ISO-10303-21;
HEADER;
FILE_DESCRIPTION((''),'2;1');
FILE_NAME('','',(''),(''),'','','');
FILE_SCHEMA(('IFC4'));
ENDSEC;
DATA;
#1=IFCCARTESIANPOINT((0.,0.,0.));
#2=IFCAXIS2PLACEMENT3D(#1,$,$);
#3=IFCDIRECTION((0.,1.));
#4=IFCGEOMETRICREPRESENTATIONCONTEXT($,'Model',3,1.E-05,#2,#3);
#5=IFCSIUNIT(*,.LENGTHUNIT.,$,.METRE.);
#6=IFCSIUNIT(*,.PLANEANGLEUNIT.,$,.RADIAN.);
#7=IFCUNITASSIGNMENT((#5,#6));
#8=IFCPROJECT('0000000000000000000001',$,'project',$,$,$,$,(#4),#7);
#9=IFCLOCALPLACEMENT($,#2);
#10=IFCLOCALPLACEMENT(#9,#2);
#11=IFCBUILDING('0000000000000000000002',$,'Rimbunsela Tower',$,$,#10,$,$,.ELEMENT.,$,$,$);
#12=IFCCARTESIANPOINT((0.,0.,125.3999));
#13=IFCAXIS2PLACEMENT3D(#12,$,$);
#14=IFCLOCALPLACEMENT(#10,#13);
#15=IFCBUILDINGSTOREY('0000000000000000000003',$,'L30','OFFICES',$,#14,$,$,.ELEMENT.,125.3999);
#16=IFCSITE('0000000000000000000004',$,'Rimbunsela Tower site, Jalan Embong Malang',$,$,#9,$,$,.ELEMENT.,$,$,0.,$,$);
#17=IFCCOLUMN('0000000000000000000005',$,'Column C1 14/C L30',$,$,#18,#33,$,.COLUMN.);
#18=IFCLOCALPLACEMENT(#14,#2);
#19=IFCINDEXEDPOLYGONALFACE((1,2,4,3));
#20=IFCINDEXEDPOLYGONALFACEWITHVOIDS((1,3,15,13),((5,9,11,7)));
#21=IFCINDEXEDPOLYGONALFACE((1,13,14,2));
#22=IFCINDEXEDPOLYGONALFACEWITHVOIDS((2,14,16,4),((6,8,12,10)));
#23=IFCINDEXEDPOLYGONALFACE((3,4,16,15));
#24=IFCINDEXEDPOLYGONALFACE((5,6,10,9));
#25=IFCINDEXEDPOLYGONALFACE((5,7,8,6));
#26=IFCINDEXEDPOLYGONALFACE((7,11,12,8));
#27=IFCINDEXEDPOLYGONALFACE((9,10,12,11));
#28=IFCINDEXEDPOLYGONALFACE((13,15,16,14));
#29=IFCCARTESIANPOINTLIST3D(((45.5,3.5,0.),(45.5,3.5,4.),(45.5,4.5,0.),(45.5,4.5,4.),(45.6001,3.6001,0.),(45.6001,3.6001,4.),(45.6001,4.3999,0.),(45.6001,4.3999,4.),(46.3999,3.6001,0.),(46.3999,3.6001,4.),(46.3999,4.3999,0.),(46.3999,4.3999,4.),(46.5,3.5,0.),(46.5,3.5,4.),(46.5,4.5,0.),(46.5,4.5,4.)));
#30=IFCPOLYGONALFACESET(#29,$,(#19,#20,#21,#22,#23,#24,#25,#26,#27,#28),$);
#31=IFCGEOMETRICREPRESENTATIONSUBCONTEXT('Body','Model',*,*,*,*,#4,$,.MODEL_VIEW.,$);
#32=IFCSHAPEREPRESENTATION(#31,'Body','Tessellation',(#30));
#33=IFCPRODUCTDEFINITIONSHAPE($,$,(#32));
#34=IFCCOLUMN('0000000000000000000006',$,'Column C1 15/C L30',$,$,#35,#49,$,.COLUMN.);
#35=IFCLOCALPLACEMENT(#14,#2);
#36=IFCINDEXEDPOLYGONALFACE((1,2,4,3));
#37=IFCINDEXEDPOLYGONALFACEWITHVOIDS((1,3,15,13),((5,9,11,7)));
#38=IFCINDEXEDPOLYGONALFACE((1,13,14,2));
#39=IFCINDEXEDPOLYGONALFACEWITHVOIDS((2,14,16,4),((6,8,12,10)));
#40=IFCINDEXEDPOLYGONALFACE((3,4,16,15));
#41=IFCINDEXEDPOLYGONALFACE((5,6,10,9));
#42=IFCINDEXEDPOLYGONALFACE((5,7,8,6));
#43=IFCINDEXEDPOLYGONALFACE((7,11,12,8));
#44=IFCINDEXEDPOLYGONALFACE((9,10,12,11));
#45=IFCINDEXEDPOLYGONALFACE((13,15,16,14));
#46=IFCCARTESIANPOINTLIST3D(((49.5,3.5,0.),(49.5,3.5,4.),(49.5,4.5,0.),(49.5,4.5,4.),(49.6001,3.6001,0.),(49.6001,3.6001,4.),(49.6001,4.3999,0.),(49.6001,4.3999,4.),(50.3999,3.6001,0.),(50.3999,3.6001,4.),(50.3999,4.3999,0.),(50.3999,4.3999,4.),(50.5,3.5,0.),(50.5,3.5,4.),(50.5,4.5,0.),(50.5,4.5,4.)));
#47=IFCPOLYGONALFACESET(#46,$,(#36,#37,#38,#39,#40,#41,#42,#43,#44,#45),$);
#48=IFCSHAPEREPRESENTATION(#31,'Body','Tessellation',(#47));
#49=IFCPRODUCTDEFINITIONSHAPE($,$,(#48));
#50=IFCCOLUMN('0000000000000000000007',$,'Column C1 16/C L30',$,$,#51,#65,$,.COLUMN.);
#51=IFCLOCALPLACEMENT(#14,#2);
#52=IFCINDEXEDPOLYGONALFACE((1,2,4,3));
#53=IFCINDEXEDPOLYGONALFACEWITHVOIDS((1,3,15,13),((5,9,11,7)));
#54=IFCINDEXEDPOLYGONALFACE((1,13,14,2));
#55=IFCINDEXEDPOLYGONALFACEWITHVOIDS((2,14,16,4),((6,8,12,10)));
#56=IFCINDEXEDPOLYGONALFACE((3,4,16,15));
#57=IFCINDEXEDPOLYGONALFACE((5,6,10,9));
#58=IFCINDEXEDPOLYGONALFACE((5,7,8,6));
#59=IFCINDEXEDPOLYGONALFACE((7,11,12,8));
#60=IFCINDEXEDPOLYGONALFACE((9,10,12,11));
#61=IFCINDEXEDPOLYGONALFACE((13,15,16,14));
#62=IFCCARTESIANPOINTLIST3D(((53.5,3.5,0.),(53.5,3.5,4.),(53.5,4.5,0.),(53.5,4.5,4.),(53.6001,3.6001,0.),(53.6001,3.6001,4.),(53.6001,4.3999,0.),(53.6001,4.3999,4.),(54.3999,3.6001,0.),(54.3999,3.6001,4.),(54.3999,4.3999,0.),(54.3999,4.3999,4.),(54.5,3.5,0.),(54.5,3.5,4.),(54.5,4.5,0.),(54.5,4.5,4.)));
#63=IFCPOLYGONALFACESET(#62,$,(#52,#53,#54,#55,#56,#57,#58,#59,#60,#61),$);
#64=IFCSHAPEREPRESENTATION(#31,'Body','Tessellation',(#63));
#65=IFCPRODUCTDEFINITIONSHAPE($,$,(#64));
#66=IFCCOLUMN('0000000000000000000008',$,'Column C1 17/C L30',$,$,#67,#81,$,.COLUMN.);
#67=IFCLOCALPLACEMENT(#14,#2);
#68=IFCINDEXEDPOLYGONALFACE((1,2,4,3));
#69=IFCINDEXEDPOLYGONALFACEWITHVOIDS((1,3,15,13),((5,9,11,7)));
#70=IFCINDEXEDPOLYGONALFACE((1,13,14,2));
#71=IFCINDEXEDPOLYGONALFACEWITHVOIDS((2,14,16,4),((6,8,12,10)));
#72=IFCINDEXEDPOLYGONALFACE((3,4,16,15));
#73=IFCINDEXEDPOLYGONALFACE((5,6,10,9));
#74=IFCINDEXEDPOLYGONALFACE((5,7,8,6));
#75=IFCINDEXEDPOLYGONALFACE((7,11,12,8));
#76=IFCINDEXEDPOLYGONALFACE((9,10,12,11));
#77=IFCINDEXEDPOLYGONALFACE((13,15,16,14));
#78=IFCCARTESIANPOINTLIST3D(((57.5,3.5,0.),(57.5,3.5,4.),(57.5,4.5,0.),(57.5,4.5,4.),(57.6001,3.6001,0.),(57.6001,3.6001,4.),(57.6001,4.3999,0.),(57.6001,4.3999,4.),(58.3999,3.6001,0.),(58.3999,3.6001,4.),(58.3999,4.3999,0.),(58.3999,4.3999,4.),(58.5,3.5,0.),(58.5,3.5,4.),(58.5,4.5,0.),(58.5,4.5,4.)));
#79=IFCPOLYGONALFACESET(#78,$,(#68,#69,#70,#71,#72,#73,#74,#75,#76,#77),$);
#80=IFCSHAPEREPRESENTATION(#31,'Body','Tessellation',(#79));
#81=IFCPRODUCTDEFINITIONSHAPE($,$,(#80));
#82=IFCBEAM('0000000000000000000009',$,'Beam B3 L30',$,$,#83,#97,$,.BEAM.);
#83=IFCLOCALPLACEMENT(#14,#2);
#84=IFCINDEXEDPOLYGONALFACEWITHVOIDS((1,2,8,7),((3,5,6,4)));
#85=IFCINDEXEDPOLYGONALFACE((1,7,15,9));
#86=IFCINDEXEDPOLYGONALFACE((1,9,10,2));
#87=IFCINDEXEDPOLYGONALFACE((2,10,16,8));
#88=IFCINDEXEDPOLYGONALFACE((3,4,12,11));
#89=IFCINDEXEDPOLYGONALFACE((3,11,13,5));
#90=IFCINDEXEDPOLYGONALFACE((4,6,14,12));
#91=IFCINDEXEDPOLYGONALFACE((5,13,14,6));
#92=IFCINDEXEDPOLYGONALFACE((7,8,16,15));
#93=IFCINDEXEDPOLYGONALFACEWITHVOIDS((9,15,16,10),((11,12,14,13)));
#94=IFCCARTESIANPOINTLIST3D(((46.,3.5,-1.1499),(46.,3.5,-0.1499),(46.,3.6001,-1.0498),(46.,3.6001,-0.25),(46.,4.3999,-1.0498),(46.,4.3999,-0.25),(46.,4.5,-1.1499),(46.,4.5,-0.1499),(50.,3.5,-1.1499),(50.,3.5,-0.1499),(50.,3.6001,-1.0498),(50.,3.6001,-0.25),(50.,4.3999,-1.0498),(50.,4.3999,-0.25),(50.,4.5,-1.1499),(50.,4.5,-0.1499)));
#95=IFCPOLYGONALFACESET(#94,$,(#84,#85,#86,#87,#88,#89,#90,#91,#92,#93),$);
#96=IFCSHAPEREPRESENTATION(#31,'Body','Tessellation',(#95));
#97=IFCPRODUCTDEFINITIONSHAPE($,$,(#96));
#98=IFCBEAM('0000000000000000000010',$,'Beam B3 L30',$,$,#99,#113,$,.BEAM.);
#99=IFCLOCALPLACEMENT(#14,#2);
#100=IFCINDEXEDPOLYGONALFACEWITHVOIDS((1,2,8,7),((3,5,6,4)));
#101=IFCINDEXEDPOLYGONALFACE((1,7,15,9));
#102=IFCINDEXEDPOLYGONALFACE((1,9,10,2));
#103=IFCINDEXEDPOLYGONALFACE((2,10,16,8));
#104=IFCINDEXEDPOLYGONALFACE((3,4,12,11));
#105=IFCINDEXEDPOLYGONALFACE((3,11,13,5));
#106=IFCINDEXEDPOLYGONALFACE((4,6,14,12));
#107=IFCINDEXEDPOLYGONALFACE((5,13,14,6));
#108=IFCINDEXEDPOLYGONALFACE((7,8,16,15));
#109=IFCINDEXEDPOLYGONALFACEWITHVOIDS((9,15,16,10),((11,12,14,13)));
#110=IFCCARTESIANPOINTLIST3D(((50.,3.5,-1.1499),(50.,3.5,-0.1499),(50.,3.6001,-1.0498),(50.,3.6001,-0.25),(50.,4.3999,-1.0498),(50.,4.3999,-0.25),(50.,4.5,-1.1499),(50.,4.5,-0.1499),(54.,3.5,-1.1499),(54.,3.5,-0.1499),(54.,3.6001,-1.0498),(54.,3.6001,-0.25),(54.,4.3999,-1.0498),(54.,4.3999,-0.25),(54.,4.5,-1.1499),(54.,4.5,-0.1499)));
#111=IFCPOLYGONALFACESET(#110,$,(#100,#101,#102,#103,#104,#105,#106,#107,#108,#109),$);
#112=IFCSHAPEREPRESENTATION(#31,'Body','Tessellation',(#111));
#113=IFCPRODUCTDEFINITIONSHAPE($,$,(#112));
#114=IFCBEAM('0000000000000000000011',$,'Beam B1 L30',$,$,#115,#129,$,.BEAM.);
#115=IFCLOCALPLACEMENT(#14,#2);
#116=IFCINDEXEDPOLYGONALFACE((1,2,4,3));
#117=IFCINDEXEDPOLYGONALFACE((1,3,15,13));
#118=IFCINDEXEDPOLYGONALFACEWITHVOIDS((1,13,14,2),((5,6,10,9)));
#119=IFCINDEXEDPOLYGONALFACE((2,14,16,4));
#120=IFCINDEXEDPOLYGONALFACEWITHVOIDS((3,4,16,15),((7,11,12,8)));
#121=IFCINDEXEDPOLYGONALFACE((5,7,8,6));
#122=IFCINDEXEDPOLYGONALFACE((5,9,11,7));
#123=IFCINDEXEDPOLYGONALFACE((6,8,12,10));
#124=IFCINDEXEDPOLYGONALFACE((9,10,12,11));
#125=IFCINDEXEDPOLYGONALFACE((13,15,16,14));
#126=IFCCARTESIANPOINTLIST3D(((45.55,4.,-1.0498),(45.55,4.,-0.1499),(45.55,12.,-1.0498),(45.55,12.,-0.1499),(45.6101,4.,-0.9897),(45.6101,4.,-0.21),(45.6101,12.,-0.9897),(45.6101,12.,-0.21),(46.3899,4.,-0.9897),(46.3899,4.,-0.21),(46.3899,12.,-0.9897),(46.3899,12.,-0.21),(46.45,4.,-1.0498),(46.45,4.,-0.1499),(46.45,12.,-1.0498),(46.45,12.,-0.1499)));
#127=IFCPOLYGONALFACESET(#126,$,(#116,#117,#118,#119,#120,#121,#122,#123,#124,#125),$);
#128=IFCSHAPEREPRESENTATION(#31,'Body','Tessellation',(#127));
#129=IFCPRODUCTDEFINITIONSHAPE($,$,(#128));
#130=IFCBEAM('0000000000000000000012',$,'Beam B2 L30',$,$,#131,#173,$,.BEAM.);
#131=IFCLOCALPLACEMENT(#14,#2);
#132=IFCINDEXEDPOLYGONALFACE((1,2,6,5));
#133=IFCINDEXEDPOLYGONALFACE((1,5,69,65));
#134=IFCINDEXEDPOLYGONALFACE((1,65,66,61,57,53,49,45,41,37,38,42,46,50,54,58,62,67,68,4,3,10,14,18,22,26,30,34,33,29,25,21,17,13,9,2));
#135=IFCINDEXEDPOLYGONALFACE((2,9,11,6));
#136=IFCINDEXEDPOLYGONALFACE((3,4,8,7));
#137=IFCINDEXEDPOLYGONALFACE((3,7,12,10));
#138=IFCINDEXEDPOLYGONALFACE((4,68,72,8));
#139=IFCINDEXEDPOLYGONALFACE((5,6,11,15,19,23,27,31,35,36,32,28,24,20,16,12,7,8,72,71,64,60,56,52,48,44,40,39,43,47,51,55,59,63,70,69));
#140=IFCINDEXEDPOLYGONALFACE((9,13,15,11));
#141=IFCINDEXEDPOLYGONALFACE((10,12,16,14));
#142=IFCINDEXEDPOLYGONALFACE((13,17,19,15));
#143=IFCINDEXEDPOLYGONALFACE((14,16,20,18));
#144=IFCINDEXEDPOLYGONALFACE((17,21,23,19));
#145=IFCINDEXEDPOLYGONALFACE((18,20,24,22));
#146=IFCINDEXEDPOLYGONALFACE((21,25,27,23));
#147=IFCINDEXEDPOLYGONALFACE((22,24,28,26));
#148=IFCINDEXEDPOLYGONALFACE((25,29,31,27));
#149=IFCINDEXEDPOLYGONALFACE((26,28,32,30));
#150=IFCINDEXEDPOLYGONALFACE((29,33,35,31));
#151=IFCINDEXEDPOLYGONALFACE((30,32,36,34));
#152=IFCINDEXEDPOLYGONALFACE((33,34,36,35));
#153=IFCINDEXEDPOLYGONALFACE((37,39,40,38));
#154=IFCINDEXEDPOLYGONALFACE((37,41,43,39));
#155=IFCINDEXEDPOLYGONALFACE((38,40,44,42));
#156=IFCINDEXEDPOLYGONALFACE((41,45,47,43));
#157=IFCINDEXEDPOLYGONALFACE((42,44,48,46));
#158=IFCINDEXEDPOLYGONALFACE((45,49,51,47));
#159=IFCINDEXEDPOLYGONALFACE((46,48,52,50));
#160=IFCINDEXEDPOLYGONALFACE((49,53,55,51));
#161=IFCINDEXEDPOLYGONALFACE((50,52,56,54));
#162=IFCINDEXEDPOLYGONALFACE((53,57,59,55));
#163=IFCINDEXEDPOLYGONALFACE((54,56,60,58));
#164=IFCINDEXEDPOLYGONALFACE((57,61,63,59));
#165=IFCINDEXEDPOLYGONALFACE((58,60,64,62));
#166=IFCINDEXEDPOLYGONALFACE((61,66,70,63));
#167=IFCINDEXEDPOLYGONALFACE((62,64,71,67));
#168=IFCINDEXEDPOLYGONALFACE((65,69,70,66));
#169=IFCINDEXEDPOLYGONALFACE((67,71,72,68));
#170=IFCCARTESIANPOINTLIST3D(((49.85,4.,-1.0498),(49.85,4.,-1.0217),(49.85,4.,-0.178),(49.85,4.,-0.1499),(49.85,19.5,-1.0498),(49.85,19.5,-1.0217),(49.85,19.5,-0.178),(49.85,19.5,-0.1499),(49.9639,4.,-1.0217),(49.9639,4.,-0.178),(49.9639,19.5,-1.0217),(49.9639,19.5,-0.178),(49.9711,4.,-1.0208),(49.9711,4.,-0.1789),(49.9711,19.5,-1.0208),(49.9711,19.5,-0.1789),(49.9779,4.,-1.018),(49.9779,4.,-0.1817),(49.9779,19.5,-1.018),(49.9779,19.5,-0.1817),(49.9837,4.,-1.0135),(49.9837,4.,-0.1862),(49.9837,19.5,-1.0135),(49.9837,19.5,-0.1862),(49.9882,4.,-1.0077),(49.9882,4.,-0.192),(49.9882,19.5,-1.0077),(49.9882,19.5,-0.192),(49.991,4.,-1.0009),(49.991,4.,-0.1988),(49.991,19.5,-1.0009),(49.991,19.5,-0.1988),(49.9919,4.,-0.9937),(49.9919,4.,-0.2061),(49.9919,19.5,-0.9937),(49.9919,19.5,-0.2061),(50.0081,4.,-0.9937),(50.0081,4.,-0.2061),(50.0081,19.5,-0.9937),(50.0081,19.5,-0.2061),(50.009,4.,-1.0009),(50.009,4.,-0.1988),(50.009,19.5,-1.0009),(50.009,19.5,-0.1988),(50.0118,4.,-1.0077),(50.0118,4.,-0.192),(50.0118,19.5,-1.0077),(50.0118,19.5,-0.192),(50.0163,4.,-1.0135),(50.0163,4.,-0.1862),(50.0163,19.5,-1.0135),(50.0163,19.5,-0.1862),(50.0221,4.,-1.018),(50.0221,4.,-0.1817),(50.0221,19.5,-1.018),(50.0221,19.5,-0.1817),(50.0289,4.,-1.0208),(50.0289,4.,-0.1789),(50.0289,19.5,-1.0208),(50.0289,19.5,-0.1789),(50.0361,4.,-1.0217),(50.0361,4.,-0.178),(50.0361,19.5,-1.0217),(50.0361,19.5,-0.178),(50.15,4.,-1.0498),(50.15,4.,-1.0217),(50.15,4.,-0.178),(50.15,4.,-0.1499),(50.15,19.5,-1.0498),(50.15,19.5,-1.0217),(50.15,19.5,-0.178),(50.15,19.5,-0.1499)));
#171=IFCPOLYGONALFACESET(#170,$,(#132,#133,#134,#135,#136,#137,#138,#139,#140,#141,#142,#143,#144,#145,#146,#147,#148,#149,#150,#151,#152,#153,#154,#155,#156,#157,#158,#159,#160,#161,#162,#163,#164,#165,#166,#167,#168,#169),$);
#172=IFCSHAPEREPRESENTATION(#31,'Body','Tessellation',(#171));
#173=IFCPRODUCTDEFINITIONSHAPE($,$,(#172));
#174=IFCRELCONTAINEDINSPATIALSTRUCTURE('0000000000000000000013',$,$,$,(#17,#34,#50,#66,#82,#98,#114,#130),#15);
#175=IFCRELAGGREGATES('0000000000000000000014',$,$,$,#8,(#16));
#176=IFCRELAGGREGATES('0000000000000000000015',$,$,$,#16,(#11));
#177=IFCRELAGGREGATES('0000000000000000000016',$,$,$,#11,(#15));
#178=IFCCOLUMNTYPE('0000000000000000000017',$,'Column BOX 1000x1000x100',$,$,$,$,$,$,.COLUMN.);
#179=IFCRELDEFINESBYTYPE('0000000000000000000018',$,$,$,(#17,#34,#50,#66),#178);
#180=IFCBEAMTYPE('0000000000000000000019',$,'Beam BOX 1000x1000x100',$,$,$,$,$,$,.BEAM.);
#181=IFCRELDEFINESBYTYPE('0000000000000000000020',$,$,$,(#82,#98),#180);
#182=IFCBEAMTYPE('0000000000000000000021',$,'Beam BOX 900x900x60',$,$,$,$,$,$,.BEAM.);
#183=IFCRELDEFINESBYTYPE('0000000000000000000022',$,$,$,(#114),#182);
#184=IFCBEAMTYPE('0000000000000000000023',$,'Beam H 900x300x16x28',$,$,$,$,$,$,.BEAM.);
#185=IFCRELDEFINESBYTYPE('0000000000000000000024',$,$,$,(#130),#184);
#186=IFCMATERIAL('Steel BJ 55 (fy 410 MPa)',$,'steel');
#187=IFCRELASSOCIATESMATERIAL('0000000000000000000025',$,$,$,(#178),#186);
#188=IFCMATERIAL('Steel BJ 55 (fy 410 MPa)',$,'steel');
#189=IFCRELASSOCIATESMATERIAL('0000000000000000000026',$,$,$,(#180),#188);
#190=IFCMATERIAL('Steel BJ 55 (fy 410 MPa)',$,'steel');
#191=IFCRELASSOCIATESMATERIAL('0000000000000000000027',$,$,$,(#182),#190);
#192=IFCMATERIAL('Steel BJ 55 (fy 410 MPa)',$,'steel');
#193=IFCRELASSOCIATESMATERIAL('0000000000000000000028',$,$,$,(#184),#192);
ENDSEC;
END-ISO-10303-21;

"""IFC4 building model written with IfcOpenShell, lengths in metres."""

from ifc_helpers import new_model, si_unit, direction, frame, origin, origin_2d, place, context, subcontext, project, spatial, hollow_rectangle, i_section, extrude, material, material_profile, profile_set, type_object, element, save


model = new_model("IFC4")

# Units and contexts
model_context = context("Model", 3, precision=1e-05, world=origin(), true_north=direction((0.0, 1.0)))
body_context = subcontext(model_context, "Body", "Model", "MODEL_VIEW")
ifc_project = project(units=[si_unit("LENGTHUNIT", "METRE"), si_unit("PLANEANGLEUNIT", "RADIAN")], contexts=[model_context])

# Site, building, storey
site_placement = place(None, origin())
site = spatial("IfcSite", under=ifc_project, at=site_placement, Name="Rimbunsela Tower site, Jalan Embong Malang", CompositionType="ELEMENT", RefElevation=0.0)
building_placement = place(site_placement, origin())
building = spatial("IfcBuilding", under=site, at=building_placement, Name="Rimbunsela Tower", CompositionType="ELEMENT")
storey_placement = place(building_placement, frame((0.0, 0.0, 125.3999)))
storey = spatial("IfcBuildingStorey", under=building, at=storey_placement, Name="L30", Description="OFFICES", CompositionType="ELEMENT", Elevation=125.3999)

# Columns
ifc_material_1 = material(Name="Steel BJ 55 (fy 410 MPa)", Category="steel")
ifc_material_profile_1 = material_profile(ifc_material_1, hollow_rectangle(XDim=1.0, YDim=1.0, WallThickness=0.1001, at=origin_2d()), Name="BOX 1000x1000x100")
ifc_profile_set_1 = profile_set([ifc_material_profile_1], Name="Steel BJ 55 (fy 410 MPa)")
column_type = type_object("IfcColumnType", Name="Column BOX 1000x1000x100", PredefinedType="COLUMN", material=ifc_profile_set_1)
for number, where, z_axis, x_axis, name in (
    (1, (46.0, 4.0, 0.0), (0.0, 0.0, 1.0), (1.0, 0.0, 0.0), "Column C1 14/C L30"),
    (2, (50.0, 4.0, 0.0), (0.0, 0.0, 1.0), (1.0, 0.0, 0.0), "Column C1 15/C L30"),
    (3, (54.0, 4.0, 0.0), (0.0, 0.0, 1.0), (1.0, 0.0, 0.0), "Column C1 16/C L30"),
    (4, (58.0, 4.0, 0.0), (0.0, 0.0, 1.0), (1.0, 0.0, 0.0), "Column C1 17/C L30"),
):
    element("IfcColumn", number, at=place(storey_placement, frame(where, z_axis=z_axis, x_axis=x_axis)), inside=storey, type_object=column_type, Name=name, PredefinedType="COLUMN", context=body_context, shape_type="SweptSolid", body=[
        extrude(hollow_rectangle(XDim=1.0, YDim=1.0, WallThickness=0.1001, at=origin_2d()), origin(), (0.0, 0.0, 1.0), 4.0),
    ])

# Beams
ifc_material_2 = material(Name="Steel BJ 55 (fy 410 MPa)", Category="steel")
ifc_material_profile_2 = material_profile(ifc_material_2, hollow_rectangle(XDim=1.0, YDim=1.0, WallThickness=0.1001, at=origin_2d()), Name="BOX 1000x1000x100")
ifc_profile_set_2 = profile_set([ifc_material_profile_2], Name="Steel BJ 55 (fy 410 MPa)")
beam_type_1 = type_object("IfcBeamType", Name="Beam BOX 1000x1000x100", PredefinedType="BEAM", material=ifc_profile_set_2)
for number, where, z_axis, x_axis, name in (
    (5, (46.0, 4.0, -0.6499), (1.0, 0.0, 0.0), (0.0, 1.0, 0.0), "Beam B3 L30"),
    (6, (50.0, 4.0, -0.6499), (1.0, 0.0, 0.0), (0.0, 1.0, 0.0), "Beam B3 L30"),
):
    element("IfcBeam", number, at=place(storey_placement, frame(where, z_axis=z_axis, x_axis=x_axis)), inside=storey, type_object=beam_type_1, Name=name, PredefinedType="BEAM", context=body_context, shape_type="SweptSolid", body=[
        extrude(hollow_rectangle(XDim=1.0, YDim=1.0, WallThickness=0.1001, at=origin_2d()), origin(), (0.0, 0.0, 1.0), 4.0),
    ])
ifc_material_3 = material(Name="Steel BJ 55 (fy 410 MPa)", Category="steel")
ifc_material_profile_3 = material_profile(ifc_material_3, hollow_rectangle(XDim=0.8999, YDim=0.8999, WallThickness=0.0601, at=origin_2d()), Name="BOX 900x900x60")
ifc_profile_set_3 = profile_set([ifc_material_profile_3], Name="Steel BJ 55 (fy 410 MPa)")
beam_type_2 = type_object("IfcBeamType", Name="Beam BOX 900x900x60", PredefinedType="BEAM", material=ifc_profile_set_3)
beam_placement = place(storey_placement, frame((46.0, 4.0, -0.5999), z_axis=(0.0, 1.0, 0.0), x_axis=(-1.0, 0.0, 0.0)))
element("IfcBeam", 7, at=beam_placement, inside=storey, type_object=beam_type_2, Name="Beam B1 L30", PredefinedType="BEAM", context=body_context, shape_type="SweptSolid", body=[
    extrude(hollow_rectangle(XDim=0.8999, YDim=0.8999, WallThickness=0.0601, at=origin_2d()), origin(), (0.0, 0.0, 1.0), 8.0),
])
ifc_material_4 = material(Name="Steel BJ 55 (fy 410 MPa)", Category="steel")
ifc_material_profile_4 = material_profile(ifc_material_4, i_section(OverallWidth=0.3, OverallDepth=0.8999, WebThickness=0.0161, FlangeThickness=0.0281, FilletRadius=0.0281, at=origin_2d()), Name="H 900x300x16x28")
ifc_profile_set_4 = profile_set([ifc_material_profile_4], Name="Steel BJ 55 (fy 410 MPa)")
beam_type_3 = type_object("IfcBeamType", Name="Beam H 900x300x16x28", PredefinedType="BEAM", material=ifc_profile_set_4)
for number, where, z_axis, x_axis, name in (
    (8, (50.0, 4.0, -0.5999), (0.0, 1.0, 0.0), (-1.0, 0.0, 0.0), "Beam B2 L30"),
):
    element("IfcBeam", number, at=place(storey_placement, frame(where, z_axis=z_axis, x_axis=x_axis)), inside=storey, type_object=beam_type_3, Name=name, PredefinedType="BEAM", context=body_context, shape_type="SweptSolid", body=[
        extrude(i_section(OverallWidth=0.3, OverallDepth=0.8999, WebThickness=0.0161, FlangeThickness=0.0281, FilletRadius=0.0281, at=origin_2d()), origin(), (0.0, 0.0, 1.0), 15.5),
    ])

save(model, "model.ifc")
